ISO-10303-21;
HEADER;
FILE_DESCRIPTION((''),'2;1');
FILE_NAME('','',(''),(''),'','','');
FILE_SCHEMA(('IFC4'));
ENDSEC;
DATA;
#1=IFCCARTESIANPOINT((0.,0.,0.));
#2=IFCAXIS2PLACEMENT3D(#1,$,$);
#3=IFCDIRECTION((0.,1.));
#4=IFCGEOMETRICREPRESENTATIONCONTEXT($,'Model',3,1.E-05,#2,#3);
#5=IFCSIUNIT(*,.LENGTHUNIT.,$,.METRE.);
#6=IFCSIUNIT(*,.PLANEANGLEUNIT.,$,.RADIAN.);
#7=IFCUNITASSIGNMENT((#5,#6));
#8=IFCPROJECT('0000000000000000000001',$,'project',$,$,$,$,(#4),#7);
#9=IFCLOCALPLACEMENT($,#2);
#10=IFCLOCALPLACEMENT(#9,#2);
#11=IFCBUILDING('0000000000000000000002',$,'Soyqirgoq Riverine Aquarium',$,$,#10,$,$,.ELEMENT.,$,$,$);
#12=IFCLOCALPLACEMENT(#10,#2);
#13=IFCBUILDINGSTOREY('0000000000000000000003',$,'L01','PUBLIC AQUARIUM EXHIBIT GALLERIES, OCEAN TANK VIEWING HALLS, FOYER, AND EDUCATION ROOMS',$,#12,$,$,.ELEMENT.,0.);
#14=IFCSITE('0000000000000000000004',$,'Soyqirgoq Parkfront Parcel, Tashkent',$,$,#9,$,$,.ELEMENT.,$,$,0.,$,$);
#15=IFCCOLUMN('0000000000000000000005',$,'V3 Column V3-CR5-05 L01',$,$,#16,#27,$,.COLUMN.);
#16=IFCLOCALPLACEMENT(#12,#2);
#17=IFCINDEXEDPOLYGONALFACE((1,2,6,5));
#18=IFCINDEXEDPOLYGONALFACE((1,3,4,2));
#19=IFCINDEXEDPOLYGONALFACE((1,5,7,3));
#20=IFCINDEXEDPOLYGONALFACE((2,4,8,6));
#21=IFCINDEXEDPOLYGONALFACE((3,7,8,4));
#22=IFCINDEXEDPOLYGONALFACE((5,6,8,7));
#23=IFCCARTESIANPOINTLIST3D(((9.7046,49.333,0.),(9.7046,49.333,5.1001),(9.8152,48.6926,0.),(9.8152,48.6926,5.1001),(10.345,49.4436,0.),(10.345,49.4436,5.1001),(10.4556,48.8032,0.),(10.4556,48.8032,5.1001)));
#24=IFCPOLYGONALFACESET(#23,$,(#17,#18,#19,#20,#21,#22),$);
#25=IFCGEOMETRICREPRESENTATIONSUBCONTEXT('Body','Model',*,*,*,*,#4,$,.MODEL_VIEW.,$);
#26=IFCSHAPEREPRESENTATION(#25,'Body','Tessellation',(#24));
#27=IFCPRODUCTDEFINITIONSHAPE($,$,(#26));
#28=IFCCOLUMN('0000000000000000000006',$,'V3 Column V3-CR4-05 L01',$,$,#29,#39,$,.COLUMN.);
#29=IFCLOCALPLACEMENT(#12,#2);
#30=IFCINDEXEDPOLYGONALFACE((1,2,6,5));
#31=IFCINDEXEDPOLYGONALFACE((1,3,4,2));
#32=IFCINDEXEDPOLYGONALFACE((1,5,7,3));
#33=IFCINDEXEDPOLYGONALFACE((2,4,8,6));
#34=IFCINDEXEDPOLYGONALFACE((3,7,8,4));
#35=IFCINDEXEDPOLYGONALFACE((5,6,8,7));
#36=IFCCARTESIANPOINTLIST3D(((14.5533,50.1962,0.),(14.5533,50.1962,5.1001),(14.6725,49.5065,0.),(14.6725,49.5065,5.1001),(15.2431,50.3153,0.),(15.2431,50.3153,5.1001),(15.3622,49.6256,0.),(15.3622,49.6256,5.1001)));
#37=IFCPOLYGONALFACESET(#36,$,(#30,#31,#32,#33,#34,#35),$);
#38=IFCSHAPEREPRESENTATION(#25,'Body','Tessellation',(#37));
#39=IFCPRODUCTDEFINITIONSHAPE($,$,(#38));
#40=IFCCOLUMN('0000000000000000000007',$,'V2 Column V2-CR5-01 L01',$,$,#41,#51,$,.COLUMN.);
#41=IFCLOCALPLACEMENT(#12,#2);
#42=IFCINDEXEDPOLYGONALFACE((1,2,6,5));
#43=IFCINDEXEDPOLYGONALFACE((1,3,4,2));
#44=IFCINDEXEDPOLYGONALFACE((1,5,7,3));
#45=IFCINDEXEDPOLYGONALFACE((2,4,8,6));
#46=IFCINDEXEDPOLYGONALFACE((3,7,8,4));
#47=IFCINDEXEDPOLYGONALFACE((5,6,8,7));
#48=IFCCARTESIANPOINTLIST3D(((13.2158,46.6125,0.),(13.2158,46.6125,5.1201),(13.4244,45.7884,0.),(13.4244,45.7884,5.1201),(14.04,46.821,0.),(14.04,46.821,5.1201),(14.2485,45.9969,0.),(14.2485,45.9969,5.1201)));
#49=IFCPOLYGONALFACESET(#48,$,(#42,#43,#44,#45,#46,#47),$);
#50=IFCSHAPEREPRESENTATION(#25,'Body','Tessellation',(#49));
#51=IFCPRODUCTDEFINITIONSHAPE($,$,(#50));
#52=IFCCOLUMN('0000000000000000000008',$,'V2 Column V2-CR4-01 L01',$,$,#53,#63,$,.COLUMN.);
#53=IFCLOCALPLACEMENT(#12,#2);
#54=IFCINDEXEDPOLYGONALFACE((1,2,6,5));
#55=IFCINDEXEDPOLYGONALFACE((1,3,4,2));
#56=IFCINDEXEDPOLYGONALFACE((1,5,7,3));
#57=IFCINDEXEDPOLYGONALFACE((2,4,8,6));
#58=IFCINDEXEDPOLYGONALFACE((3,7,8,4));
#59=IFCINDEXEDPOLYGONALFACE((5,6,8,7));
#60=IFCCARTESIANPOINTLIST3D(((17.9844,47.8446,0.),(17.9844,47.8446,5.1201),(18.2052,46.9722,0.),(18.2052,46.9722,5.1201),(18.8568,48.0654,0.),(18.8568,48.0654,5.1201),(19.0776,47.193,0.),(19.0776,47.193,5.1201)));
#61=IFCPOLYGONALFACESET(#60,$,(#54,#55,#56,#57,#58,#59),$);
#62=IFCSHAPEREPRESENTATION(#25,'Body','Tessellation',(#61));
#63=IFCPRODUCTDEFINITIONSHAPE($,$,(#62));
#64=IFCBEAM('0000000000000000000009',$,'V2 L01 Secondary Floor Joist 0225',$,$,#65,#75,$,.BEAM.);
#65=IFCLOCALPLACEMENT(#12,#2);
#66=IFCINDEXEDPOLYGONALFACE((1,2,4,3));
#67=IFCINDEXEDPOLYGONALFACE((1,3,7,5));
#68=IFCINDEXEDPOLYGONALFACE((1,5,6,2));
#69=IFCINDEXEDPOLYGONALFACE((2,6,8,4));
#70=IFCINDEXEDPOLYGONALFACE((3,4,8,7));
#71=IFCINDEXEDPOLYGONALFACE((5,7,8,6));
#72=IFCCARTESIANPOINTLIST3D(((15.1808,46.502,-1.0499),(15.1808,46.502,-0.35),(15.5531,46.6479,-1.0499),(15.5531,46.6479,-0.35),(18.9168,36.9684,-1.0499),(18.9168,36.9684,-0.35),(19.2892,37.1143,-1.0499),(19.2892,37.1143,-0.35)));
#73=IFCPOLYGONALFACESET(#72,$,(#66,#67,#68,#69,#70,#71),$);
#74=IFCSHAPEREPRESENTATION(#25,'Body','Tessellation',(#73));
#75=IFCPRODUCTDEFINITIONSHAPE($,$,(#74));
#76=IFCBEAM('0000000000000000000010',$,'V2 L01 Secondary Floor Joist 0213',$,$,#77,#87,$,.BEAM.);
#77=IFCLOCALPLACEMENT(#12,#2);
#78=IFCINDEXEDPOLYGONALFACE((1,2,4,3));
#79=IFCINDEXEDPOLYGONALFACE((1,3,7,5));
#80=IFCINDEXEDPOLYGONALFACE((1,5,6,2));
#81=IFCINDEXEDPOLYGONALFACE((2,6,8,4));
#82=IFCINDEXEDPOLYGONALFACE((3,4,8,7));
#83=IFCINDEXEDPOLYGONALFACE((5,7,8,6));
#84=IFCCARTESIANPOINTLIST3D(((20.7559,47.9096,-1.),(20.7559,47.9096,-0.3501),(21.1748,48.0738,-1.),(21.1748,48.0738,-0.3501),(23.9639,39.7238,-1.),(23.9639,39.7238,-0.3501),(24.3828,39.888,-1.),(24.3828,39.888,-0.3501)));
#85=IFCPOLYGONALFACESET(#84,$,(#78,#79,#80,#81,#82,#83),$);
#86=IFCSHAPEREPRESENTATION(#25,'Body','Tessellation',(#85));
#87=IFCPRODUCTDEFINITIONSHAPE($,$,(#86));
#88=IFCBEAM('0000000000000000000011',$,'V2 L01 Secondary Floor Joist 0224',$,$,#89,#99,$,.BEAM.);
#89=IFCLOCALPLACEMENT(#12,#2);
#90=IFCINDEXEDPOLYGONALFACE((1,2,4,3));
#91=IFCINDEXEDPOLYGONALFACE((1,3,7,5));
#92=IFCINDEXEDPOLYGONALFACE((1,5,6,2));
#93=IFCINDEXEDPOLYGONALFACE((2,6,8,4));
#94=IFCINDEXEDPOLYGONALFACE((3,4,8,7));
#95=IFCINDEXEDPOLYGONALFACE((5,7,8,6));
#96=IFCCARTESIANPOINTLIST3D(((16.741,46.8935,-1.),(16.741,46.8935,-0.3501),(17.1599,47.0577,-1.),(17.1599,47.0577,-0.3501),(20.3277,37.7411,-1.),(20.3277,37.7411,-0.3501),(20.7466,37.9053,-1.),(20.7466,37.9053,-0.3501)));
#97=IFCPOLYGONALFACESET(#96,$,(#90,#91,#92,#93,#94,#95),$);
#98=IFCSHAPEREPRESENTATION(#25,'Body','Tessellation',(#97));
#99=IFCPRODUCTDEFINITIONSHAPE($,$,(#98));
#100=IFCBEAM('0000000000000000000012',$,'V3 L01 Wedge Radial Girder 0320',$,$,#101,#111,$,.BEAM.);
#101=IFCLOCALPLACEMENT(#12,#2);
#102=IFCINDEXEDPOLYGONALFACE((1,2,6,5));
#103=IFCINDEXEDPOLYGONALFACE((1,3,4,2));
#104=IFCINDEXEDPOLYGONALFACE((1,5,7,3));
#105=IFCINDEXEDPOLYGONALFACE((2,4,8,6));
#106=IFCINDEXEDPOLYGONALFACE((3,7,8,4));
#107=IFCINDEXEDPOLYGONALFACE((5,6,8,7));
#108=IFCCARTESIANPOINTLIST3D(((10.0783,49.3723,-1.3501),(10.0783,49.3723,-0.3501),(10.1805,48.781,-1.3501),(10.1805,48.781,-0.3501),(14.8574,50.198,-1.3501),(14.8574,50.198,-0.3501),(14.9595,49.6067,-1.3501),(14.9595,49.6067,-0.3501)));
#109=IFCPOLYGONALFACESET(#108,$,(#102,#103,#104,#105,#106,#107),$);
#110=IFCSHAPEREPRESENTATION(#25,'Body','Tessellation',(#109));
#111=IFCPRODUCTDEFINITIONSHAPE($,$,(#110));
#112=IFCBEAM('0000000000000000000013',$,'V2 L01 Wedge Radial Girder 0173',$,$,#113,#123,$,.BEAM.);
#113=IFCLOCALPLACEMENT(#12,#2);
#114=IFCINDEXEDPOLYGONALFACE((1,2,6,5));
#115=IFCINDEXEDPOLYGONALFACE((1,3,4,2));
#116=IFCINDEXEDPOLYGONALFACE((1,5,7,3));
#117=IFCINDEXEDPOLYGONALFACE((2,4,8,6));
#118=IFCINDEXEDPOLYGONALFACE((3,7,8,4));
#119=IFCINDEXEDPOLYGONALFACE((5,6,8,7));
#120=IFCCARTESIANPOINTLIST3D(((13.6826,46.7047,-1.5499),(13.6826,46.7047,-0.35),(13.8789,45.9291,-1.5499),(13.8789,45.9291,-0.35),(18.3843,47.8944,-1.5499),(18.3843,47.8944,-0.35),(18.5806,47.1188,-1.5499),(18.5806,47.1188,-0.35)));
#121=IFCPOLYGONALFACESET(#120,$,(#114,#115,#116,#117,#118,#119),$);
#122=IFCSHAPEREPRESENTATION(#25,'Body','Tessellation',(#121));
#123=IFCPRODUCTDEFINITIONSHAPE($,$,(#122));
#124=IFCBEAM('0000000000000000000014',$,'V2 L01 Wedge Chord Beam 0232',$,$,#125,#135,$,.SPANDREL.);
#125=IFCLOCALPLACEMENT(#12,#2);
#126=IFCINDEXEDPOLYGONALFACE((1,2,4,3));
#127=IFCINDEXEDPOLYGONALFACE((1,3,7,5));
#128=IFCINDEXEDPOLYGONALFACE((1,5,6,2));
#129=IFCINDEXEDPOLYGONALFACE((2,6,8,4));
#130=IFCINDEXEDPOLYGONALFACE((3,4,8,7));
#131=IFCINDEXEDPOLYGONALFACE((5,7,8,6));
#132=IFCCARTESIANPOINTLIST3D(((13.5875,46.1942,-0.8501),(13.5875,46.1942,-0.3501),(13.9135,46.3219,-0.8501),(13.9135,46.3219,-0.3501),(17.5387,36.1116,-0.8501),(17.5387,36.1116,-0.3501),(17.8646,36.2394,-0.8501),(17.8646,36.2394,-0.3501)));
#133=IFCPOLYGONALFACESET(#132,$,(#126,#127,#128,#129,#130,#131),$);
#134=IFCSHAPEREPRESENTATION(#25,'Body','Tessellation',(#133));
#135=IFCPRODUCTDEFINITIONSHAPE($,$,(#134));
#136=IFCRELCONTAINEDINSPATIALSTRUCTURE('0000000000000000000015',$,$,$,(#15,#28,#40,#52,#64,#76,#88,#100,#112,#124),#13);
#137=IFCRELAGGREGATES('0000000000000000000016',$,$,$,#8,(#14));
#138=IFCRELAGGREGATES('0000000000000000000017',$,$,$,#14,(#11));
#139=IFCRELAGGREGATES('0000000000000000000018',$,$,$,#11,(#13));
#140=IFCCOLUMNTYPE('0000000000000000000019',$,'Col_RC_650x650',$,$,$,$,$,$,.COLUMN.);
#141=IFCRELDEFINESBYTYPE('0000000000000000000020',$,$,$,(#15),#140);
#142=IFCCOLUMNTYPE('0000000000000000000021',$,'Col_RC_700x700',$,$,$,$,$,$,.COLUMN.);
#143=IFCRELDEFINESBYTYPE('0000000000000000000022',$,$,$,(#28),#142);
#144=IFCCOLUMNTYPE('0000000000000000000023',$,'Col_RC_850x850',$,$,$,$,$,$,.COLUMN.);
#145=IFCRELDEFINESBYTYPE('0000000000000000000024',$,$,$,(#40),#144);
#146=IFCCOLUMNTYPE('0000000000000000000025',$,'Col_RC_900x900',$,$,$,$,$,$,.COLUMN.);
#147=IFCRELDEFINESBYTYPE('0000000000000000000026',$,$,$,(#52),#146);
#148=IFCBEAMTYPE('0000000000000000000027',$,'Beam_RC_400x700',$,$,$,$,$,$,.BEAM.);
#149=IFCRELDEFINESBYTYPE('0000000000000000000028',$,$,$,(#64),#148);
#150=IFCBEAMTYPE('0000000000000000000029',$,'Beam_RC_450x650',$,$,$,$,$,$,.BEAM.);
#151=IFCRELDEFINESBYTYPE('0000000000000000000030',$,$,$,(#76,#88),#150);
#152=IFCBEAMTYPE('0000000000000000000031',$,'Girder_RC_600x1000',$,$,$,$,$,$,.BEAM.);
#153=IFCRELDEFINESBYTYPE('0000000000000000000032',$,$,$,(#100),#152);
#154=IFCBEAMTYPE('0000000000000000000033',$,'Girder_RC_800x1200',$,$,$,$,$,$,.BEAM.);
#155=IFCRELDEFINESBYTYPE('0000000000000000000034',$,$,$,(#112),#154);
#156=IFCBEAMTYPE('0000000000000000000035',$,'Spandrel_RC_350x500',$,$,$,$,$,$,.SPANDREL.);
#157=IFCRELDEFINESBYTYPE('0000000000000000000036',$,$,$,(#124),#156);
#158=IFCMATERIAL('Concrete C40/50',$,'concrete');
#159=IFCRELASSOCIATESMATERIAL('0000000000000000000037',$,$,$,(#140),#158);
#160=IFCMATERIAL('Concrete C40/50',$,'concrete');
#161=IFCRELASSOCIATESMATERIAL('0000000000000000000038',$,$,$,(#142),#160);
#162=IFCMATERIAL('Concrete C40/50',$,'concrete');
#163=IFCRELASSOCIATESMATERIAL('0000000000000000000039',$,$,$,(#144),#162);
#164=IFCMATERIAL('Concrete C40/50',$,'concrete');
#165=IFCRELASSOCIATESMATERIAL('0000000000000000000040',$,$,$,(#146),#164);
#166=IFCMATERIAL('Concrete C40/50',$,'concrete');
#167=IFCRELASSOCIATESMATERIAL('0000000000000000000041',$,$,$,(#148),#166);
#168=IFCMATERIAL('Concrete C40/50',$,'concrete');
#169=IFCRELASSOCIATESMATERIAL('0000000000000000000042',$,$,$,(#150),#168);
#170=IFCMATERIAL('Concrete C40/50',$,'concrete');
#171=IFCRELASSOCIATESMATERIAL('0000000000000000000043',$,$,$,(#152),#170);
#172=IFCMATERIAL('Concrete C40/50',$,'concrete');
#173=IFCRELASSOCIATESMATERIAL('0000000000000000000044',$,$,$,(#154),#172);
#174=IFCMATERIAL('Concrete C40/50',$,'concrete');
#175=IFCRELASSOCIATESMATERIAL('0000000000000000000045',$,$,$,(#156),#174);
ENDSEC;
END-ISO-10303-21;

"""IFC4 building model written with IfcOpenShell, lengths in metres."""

from ifc_helpers import new_model, si_unit, direction, frame, origin, origin_2d, place, context, subcontext, project, spatial, rectangle, extrude, material, material_profile, profile_set, type_object, element, save


model = new_model("IFC4")

# Units and contexts
model_context = context("Model", 3, precision=1e-05, world=origin(), true_north=direction((0.0, 1.0)))
body_context = subcontext(model_context, "Body", "Model", "MODEL_VIEW")
ifc_project = project(units=[si_unit("LENGTHUNIT", "METRE"), si_unit("PLANEANGLEUNIT", "RADIAN")], contexts=[model_context])

# Site, building, storey
site_placement = place(None, origin())
site = spatial("IfcSite", under=ifc_project, at=site_placement, Name="Soyqirgoq Parkfront Parcel, Tashkent", CompositionType="ELEMENT", RefElevation=0.0)
building_placement = place(site_placement, origin())
building = spatial("IfcBuilding", under=site, at=building_placement, Name="Soyqirgoq Riverine Aquarium", CompositionType="ELEMENT")
storey_placement = place(building_placement, origin())
storey = spatial("IfcBuildingStorey", under=building, at=storey_placement, Name="L01", Description="PUBLIC AQUARIUM EXHIBIT GALLERIES, OCEAN TANK VIEWING HALLS, FOYER, AND EDUCATION ROOMS", CompositionType="ELEMENT", Elevation=0.0)

# Columns
ifc_material_1 = material(Name="Concrete C40/50", Category="concrete")
ifc_material_profile_1 = material_profile(ifc_material_1, rectangle(XDim=0.6499, YDim=0.6499, at=origin_2d()), Name="RC 650x650")
ifc_profile_set_1 = profile_set([ifc_material_profile_1], Name="Concrete C40/50")
column_type_1 = type_object("IfcColumnType", Name="Col_RC_650x650", PredefinedType="COLUMN", material=ifc_profile_set_1)
column_1_placement = place(storey_placement, frame((10.0801, 49.0681, 0.0), z_axis=(0.0, 0.0, 1.0), x_axis=(-0.985408, -0.170209, 0.0)))
element("IfcColumn", 1, at=column_1_placement, inside=storey, type_object=column_type_1, Name="V3 Column V3-CR5-05 L01", PredefinedType="COLUMN", context=body_context, shape_type="SweptSolid", body=[
    extrude(rectangle(XDim=0.6499, YDim=0.6499, at=origin_2d()), origin(), (0.0, 0.0, 1.0), 5.1001),
])
ifc_material_2 = material(Name="Concrete C40/50", Category="concrete")
ifc_material_profile_2 = material_profile(ifc_material_2, rectangle(XDim=0.7, YDim=0.7, at=origin_2d()), Name="RC 700x700")
ifc_profile_set_2 = profile_set([ifc_material_profile_2], Name="Concrete C40/50")
column_type_2 = type_object("IfcColumnType", Name="Col_RC_700x700", PredefinedType="COLUMN", material=ifc_profile_set_2)
column_2_placement = place(storey_placement, frame((14.9578, 49.9109, 0.0), z_axis=(0.0, 0.0, 1.0), x_axis=(-0.985408, -0.170209, 0.0)))
element("IfcColumn", 2, at=column_2_placement, inside=storey, type_object=column_type_2, Name="V3 Column V3-CR4-05 L01", PredefinedType="COLUMN", context=body_context, shape_type="SweptSolid", body=[
    extrude(rectangle(XDim=0.7, YDim=0.7, at=origin_2d()), origin(), (0.0, 0.0, 1.0), 5.1001),
])
ifc_material_3 = material(Name="Concrete C40/50", Category="concrete")
ifc_material_profile_3 = material_profile(ifc_material_3, rectangle(XDim=0.8501, YDim=0.8501, at=origin_2d()), Name="RC 850x850")
ifc_profile_set_3 = profile_set([ifc_material_profile_3], Name="Concrete C40/50")
column_type_3 = type_object("IfcColumnType", Name="Col_RC_850x850", PredefinedType="COLUMN", material=ifc_profile_set_3)
column_3_placement = place(storey_placement, frame((13.7322, 46.3047, 0.0), z_axis=(0.0, 0.0, 1.0), x_axis=(-0.969445, -0.245307, 0.0)))
element("IfcColumn", 3, at=column_3_placement, inside=storey, type_object=column_type_3, Name="V2 Column V2-CR5-01 L01", PredefinedType="COLUMN", context=body_context, shape_type="SweptSolid", body=[
    extrude(rectangle(XDim=0.8501, YDim=0.8501, at=origin_2d()), origin(), (0.0, 0.0, 1.0), 5.1201),
])
ifc_material_4 = material(Name="Concrete C40/50", Category="concrete")
ifc_material_profile_4 = material_profile(ifc_material_4, rectangle(XDim=0.8999, YDim=0.8999, at=origin_2d()), Name="RC 900x900")
ifc_profile_set_4 = profile_set([ifc_material_profile_4], Name="Concrete C40/50")
column_type_4 = type_object("IfcColumnType", Name="Col_RC_900x900", PredefinedType="COLUMN", material=ifc_profile_set_4)
column_4_placement = place(storey_placement, frame((18.531, 47.5188, 0.0), z_axis=(0.0, 0.0, 1.0), x_axis=(-0.969445, -0.245307, 0.0)))
element("IfcColumn", 4, at=column_4_placement, inside=storey, type_object=column_type_4, Name="V2 Column V2-CR4-01 L01", PredefinedType="COLUMN", context=body_context, shape_type="SweptSolid", body=[
    extrude(rectangle(XDim=0.8999, YDim=0.8999, at=origin_2d()), origin(), (0.0, 0.0, 1.0), 5.1201),
])

# Beams
ifc_material_5 = material(Name="Concrete C40/50", Category="concrete")
ifc_material_profile_5 = material_profile(ifc_material_5, rectangle(XDim=0.3999, YDim=0.7, at=origin_2d()), Name="RC 400x700")
ifc_profile_set_5 = profile_set([ifc_material_profile_5], Name="Concrete C40/50")
beam_type_1 = type_object("IfcBeamType", Name="Beam_RC_400x700", PredefinedType="BEAM", material=ifc_profile_set_5)
beam_1_placement = place(storey_placement, frame((15.3669, 46.575, -0.7), z_axis=(0.364866, -0.93106, 0.0), x_axis=(0.93106, 0.364866, 0.0)))
element("IfcBeam", 5, at=beam_1_placement, inside=storey, type_object=beam_type_1, Name="V2 L01 Secondary Floor Joist 0225", PredefinedType="BEAM", context=body_context, shape_type="SweptSolid", body=[
    extrude(rectangle(XDim=0.3999, YDim=0.7, at=origin_2d()), origin(), (0.0, 0.0, 1.0), 10.2395),
])
ifc_material_6 = material(Name="Concrete C40/50", Category="concrete")
ifc_material_profile_6 = material_profile(ifc_material_6, rectangle(XDim=0.45, YDim=0.6499, at=origin_2d()), Name="RC 450x650")
ifc_profile_set_6 = profile_set([ifc_material_profile_6], Name="Concrete C40/50")
beam_type_2 = type_object("IfcBeamType", Name="Beam_RC_450x650", PredefinedType="BEAM", material=ifc_profile_set_6)
beam_2_placement = place(storey_placement, frame((20.9653, 47.9917, -0.675), z_axis=(0.36488, -0.931055, 0.0), x_axis=(0.931055, 0.36488, 0.0)))
element("IfcBeam", 6, at=beam_2_placement, inside=storey, type_object=beam_type_2, Name="V2 L01 Secondary Floor Joist 0213", PredefinedType="BEAM", context=body_context, shape_type="SweptSolid", body=[
    extrude(rectangle(XDim=0.45, YDim=0.6499, at=origin_2d()), origin(), (0.0, 0.0, 1.0), 8.792),
])
beam_3_placement = place(storey_placement, frame((16.9504, 46.9756, -0.675), z_axis=(0.364868, -0.931059, 0.0), x_axis=(0.931059, 0.364868, 0.0)))
element("IfcBeam", 7, at=beam_3_placement, inside=storey, type_object=beam_type_2, Name="V2 L01 Secondary Floor Joist 0224", PredefinedType="BEAM", context=body_context, shape_type="SweptSolid", body=[
    extrude(rectangle(XDim=0.45, YDim=0.6499, at=origin_2d()), origin(), (0.0, 0.0, 1.0), 9.8301),
])
ifc_material_7 = material(Name="Concrete C40/50", Category="concrete")
ifc_material_profile_7 = material_profile(ifc_material_7, rectangle(XDim=0.6001, YDim=1.0, at=origin_2d()), Name="RC 600x1000")
ifc_profile_set_7 = profile_set([ifc_material_profile_7], Name="Concrete C40/50")
beam_type_3 = type_object("IfcBeamType", Name="Girder_RC_600x1000", PredefinedType="BEAM", material=ifc_profile_set_7)
beam_4_placement = place(storey_placement, frame((14.9084, 49.9023, -0.8501), z_axis=(-0.985401, -0.170249, 0.0), x_axis=(0.170249, -0.985401, 0.0)))
element("IfcBeam", 8, at=beam_4_placement, inside=storey, type_object=beam_type_3, Name="V3 L01 Wedge Radial Girder 0320", PredefinedType="BEAM", context=body_context, shape_type="SweptSolid", body=[
    extrude(rectangle(XDim=0.6001, YDim=1.0, at=origin_2d()), origin(), (0.0, 0.0, 1.0), 4.8499),
])
ifc_material_8 = material(Name="Concrete C40/50", Category="concrete")
ifc_material_profile_8 = material_profile(ifc_material_8, rectangle(XDim=0.8, YDim=1.2, at=origin_2d()), Name="RC 800x1200")
ifc_profile_set_8 = profile_set([ifc_material_profile_8], Name="Concrete C40/50")
beam_type_4 = type_object("IfcBeamType", Name="Girder_RC_800x1200", PredefinedType="BEAM", material=ifc_profile_set_8)
beam_5_placement = place(storey_placement, frame((18.4824, 47.5066, -0.95), z_axis=(-0.969446, -0.245306, 0.0), x_axis=(0.245306, -0.969446, 0.0)))
element("IfcBeam", 9, at=beam_5_placement, inside=storey, type_object=beam_type_4, Name="V2 L01 Wedge Radial Girder 0173", PredefinedType="BEAM", context=body_context, shape_type="SweptSolid", body=[
    extrude(rectangle(XDim=0.8, YDim=1.2, at=origin_2d()), origin(), (0.0, 0.0, 1.0), 4.8499),
])
ifc_material_9 = material(Name="Concrete C40/50", Category="concrete")
ifc_material_profile_9 = material_profile(ifc_material_9, rectangle(XDim=0.3501, YDim=0.5, at=origin_2d()), Name="RC 350x500")
ifc_profile_set_9 = profile_set([ifc_material_profile_9], Name="Concrete C40/50")
beam_type_5 = type_object("IfcBeamType", Name="Spandrel_RC_350x500", PredefinedType="SPANDREL", material=ifc_profile_set_9)
beam_6_placement = place(storey_placement, frame((13.7505, 46.2581, -0.6001), z_axis=(0.364867, -0.93106, 0.0), x_axis=(0.93106, 0.364867, 0.0)))
element("IfcBeam", 10, at=beam_6_placement, inside=storey, type_object=beam_type_5, Name="V2 L01 Wedge Chord Beam 0232", PredefinedType="SPANDREL", context=body_context, shape_type="SweptSolid", body=[
    extrude(rectangle(XDim=0.3501, YDim=0.5, at=origin_2d()), origin(), (0.0, 0.0, 1.0), 10.8291),
])

save(model, "model.ifc")
